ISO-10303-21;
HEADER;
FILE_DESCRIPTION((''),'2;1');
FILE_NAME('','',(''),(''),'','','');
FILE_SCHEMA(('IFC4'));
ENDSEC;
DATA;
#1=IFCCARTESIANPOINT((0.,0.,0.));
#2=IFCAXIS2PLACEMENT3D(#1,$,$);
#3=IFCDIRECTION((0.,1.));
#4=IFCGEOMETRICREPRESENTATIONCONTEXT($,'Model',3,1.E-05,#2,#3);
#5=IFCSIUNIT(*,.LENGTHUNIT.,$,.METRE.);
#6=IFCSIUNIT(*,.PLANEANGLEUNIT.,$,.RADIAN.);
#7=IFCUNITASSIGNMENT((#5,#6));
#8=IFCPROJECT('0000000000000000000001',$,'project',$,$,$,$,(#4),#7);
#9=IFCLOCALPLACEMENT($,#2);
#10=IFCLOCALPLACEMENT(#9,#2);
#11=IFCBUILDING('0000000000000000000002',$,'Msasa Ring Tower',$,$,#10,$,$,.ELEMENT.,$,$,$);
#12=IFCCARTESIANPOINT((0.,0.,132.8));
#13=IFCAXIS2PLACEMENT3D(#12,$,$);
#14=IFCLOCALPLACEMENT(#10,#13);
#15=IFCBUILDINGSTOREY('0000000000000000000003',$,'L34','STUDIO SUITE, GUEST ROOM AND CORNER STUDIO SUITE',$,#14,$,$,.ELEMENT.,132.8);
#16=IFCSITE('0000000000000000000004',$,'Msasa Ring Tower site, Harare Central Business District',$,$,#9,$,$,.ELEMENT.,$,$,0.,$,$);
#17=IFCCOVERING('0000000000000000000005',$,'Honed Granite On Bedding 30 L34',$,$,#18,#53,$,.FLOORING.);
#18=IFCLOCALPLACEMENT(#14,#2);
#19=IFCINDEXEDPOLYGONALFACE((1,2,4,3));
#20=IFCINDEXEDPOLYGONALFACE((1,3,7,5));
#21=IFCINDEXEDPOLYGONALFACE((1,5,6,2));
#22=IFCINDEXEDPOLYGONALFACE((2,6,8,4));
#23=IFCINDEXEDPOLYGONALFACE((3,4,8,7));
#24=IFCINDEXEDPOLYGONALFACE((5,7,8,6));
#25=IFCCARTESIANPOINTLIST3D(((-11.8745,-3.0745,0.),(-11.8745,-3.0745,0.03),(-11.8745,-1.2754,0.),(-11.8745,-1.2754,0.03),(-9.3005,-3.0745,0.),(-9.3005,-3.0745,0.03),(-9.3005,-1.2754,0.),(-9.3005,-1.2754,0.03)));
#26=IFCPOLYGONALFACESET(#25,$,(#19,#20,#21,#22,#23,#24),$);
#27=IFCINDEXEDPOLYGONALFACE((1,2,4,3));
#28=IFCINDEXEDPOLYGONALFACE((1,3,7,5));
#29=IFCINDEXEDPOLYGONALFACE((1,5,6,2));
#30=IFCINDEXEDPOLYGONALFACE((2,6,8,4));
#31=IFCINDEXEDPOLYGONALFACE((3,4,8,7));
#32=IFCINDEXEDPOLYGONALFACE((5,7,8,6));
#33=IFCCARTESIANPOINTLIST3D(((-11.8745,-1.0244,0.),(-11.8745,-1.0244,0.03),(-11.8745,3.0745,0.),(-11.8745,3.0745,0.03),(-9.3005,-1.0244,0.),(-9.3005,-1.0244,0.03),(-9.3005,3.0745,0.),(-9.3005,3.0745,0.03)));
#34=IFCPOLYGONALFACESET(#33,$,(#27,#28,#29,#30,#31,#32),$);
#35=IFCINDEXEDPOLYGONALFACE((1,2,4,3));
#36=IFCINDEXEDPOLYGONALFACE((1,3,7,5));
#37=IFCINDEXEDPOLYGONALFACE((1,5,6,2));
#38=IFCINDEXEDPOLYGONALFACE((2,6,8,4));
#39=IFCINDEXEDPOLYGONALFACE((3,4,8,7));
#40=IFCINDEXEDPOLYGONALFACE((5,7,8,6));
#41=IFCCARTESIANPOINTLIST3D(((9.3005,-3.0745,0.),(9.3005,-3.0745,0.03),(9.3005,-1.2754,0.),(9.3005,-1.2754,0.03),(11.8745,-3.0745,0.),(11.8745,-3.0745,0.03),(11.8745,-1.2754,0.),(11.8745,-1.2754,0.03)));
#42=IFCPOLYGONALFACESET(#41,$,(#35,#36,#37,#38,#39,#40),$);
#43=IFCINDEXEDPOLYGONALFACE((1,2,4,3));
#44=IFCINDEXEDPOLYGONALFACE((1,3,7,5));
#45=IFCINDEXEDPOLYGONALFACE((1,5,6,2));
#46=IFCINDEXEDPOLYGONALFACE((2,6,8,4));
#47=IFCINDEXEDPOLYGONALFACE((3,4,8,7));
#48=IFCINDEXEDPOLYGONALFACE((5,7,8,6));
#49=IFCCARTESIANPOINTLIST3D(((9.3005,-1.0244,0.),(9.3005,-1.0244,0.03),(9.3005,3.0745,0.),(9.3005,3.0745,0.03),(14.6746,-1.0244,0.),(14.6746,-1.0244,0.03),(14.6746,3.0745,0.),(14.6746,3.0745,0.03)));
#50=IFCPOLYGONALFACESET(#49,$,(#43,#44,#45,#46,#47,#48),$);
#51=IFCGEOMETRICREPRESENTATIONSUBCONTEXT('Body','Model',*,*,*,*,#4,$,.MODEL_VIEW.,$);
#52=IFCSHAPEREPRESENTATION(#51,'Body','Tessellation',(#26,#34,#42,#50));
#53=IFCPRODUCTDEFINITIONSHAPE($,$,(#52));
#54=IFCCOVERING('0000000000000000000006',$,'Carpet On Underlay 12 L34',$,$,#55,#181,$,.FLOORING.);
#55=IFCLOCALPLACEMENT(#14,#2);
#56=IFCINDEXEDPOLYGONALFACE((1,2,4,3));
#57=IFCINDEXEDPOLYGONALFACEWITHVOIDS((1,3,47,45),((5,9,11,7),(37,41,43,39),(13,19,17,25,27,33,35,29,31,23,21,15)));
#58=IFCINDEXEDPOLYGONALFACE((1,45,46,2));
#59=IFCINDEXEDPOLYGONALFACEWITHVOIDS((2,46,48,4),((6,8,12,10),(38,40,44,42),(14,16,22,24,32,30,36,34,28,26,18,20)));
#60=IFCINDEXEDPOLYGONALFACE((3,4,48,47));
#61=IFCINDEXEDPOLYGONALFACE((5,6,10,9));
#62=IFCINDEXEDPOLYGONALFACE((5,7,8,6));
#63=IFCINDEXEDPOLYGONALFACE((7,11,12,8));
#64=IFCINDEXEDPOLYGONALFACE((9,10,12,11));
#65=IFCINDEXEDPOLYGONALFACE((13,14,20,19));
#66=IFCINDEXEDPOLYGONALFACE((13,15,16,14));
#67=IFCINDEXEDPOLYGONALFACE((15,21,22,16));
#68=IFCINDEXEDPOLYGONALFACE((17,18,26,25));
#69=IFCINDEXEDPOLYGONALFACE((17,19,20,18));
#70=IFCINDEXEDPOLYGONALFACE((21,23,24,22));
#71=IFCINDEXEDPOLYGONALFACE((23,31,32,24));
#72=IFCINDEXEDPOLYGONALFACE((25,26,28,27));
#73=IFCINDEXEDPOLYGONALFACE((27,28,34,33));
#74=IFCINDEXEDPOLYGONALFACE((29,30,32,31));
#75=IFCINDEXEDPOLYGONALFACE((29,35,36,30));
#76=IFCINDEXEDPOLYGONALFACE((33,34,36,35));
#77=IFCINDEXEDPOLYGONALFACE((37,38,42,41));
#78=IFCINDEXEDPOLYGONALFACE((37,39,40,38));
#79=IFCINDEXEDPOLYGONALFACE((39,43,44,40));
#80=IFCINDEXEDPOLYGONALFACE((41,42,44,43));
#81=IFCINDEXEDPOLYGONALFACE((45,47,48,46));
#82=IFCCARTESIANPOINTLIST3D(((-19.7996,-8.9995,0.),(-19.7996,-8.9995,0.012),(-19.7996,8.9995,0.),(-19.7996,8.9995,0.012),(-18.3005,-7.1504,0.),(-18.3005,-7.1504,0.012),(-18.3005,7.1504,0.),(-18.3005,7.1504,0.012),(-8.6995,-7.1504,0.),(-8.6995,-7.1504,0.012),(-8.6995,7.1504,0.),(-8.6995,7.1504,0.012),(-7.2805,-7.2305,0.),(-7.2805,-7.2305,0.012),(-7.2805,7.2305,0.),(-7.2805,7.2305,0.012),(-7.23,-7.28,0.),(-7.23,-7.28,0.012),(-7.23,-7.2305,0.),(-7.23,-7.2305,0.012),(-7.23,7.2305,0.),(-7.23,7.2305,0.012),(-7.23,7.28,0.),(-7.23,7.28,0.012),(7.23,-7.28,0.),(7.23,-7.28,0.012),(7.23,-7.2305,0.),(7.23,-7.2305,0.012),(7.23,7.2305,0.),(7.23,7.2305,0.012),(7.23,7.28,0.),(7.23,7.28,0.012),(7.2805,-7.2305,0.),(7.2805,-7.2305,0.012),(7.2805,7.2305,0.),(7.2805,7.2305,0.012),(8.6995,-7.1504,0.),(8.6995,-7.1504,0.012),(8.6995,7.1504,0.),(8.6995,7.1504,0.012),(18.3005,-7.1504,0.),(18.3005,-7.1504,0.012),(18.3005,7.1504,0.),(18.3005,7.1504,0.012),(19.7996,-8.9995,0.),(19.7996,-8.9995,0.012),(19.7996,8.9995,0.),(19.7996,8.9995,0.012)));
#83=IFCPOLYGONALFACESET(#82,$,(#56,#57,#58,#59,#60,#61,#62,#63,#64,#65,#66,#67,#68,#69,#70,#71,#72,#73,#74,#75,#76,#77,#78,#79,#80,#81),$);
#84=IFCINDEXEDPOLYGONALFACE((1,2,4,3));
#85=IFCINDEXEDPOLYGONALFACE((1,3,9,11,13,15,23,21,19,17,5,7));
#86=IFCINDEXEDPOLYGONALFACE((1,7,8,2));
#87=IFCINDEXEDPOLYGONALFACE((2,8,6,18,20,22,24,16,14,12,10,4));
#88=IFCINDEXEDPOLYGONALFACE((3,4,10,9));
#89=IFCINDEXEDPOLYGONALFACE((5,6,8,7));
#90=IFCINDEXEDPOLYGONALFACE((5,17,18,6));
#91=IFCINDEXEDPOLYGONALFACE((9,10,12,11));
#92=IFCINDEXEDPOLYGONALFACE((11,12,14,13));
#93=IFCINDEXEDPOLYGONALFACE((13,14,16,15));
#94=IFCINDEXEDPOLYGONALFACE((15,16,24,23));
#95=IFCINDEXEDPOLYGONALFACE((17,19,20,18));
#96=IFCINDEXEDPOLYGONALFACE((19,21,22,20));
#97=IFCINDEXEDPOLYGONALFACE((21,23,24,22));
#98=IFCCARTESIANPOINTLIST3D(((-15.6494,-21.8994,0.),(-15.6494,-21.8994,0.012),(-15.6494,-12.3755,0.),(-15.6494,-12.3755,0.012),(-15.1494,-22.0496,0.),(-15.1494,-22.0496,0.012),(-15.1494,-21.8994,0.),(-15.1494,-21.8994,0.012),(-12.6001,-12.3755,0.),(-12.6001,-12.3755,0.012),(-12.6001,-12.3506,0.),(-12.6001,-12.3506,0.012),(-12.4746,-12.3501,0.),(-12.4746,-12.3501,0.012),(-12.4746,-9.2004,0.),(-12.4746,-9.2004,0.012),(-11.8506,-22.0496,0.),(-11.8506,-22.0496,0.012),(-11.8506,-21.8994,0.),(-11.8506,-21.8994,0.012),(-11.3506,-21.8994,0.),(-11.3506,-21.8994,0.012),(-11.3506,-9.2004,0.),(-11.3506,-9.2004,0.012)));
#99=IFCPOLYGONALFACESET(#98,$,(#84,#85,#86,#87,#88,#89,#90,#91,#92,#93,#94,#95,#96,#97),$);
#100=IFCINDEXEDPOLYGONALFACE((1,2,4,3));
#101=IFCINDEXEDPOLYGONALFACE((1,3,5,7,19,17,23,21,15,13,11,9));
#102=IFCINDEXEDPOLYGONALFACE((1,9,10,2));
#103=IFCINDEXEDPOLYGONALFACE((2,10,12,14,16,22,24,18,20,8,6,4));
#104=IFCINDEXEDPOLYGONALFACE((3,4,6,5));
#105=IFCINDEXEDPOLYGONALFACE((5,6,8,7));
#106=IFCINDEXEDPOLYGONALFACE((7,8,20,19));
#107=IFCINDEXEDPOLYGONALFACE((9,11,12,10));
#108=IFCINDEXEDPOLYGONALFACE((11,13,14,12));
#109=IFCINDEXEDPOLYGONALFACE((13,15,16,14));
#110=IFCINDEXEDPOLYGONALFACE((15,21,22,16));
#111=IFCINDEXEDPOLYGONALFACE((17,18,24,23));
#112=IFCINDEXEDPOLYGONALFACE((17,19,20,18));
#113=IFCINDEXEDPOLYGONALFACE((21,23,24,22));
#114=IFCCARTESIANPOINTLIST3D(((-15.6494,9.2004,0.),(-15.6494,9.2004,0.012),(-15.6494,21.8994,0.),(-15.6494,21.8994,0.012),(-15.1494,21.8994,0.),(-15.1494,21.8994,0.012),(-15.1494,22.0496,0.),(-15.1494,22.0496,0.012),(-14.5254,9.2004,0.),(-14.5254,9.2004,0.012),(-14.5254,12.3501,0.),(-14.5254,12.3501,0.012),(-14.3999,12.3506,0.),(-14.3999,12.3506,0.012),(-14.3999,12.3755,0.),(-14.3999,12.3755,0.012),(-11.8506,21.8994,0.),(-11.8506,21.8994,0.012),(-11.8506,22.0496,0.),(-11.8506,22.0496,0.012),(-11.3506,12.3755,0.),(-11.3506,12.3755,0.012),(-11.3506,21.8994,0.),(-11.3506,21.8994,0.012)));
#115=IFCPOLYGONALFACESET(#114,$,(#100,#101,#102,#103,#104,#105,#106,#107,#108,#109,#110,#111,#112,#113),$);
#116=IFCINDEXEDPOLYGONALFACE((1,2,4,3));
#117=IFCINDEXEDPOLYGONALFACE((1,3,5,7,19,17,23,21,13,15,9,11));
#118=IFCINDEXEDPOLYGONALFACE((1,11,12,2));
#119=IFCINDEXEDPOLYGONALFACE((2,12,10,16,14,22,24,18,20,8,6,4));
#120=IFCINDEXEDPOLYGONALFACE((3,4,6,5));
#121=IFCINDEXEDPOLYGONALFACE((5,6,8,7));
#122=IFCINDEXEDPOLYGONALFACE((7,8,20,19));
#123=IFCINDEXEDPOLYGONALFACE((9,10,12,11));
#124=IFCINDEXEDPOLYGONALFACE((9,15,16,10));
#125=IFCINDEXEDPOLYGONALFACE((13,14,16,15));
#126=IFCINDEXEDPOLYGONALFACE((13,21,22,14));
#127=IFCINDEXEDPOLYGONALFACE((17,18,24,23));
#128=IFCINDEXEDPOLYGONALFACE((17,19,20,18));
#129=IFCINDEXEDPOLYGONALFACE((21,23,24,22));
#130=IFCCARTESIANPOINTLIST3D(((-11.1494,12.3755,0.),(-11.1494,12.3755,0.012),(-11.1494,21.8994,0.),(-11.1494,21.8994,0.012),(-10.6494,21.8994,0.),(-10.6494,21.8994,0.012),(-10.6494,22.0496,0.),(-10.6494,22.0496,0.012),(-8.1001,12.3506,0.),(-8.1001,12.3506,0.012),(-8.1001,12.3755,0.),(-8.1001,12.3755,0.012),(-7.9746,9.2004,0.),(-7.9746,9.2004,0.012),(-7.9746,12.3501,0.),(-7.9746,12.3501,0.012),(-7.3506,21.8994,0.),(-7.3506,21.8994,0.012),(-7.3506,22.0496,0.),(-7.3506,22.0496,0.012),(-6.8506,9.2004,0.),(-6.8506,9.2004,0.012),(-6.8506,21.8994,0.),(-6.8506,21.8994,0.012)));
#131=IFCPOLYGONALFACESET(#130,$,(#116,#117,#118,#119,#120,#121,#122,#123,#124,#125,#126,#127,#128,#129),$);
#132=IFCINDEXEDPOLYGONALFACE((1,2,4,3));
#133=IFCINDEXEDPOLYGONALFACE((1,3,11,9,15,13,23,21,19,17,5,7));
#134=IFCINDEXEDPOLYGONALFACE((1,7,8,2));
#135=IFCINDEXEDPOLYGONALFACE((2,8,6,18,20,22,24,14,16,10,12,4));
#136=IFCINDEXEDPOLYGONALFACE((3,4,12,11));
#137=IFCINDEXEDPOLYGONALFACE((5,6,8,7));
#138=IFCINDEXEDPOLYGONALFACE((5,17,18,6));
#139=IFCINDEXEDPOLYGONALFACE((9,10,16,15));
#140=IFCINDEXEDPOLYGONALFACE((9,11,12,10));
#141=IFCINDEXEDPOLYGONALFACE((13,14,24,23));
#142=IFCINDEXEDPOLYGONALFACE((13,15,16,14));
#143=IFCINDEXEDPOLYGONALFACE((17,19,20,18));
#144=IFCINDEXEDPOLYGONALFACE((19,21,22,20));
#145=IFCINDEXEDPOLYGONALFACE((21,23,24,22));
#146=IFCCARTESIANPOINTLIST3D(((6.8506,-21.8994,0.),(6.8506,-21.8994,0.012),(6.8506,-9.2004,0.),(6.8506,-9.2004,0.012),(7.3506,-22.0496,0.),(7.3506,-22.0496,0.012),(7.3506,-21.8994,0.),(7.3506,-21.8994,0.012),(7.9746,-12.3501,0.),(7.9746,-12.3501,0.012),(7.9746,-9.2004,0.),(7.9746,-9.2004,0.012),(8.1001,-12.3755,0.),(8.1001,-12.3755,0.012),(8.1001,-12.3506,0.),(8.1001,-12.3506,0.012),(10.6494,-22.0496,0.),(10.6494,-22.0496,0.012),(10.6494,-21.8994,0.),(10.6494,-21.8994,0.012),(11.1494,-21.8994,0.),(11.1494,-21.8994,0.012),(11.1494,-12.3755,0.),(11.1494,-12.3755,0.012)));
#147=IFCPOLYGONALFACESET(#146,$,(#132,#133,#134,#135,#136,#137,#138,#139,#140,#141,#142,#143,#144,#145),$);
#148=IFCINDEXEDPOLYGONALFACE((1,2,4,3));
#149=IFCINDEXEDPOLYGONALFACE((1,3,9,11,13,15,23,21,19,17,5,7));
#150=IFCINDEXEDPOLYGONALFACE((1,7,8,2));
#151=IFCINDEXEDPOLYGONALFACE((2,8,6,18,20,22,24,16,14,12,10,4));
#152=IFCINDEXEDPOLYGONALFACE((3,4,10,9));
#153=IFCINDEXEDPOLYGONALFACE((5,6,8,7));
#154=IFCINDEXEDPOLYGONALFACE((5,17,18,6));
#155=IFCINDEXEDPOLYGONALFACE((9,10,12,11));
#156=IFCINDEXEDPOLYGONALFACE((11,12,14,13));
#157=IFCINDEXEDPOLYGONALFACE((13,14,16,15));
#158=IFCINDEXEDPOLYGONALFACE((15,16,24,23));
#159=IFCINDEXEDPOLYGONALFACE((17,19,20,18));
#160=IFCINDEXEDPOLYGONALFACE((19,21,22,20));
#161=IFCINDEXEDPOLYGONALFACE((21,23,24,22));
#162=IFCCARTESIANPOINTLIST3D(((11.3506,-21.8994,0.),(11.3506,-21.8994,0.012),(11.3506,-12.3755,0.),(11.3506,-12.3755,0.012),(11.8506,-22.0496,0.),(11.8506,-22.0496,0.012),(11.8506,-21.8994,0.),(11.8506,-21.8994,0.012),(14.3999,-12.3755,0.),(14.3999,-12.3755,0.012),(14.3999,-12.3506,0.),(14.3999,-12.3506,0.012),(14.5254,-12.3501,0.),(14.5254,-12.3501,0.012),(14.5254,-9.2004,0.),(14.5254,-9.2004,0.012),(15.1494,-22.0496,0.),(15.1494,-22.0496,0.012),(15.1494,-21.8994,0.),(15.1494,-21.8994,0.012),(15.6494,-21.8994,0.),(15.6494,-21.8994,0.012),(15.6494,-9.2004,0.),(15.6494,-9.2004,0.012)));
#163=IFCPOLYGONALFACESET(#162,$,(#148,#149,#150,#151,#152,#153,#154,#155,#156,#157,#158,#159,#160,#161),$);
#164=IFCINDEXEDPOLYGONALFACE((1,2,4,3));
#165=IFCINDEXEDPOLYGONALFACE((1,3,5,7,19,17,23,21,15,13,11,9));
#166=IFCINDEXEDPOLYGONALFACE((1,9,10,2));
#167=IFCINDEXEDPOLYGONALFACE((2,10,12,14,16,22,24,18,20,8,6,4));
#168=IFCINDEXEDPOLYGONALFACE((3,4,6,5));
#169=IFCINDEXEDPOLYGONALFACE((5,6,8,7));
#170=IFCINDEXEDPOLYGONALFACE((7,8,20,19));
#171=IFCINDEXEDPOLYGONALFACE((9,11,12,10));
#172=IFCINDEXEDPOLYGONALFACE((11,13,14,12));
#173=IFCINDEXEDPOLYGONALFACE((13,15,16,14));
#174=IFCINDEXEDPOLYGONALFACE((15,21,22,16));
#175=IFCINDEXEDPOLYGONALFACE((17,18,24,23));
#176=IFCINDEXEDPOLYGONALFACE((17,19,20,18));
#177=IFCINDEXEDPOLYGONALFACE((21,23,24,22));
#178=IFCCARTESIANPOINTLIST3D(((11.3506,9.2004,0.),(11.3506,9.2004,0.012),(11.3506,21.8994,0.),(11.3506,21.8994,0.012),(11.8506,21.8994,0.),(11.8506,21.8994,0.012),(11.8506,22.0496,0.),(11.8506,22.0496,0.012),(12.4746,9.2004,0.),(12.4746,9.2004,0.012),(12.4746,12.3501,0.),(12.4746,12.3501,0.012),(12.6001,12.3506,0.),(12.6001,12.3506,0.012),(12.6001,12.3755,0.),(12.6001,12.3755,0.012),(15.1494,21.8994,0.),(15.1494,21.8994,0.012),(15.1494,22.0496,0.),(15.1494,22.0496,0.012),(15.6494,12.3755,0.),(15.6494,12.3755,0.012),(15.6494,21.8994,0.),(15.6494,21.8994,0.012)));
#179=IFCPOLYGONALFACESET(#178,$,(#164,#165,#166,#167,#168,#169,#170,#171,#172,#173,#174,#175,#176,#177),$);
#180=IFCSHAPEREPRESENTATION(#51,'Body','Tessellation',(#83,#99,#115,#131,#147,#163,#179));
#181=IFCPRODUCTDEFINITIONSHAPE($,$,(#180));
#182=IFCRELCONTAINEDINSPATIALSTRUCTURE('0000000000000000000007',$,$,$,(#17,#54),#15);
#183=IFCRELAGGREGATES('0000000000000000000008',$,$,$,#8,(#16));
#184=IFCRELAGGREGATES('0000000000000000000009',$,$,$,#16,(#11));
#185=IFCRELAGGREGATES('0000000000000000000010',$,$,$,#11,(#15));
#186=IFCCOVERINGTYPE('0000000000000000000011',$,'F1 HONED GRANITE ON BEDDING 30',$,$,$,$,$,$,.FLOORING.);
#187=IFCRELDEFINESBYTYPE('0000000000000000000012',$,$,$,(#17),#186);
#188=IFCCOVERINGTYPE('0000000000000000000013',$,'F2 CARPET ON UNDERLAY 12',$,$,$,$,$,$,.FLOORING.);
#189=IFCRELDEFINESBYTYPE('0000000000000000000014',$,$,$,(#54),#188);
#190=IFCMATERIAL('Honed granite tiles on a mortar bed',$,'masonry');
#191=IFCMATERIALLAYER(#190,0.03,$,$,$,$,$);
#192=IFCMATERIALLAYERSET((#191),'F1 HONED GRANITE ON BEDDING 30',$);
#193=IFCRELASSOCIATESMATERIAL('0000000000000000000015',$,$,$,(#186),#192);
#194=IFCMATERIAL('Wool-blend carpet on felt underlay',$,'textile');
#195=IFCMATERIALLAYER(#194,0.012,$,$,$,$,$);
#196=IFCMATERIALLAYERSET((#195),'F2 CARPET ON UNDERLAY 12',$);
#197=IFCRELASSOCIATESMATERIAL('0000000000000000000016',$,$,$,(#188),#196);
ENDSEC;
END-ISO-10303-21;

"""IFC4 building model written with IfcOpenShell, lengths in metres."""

from ifc_helpers import new_model, si_unit, direction, frame, origin, place, context, subcontext, project, spatial, line, indexed_curve, outline, extrude, material, layer, layer_set, type_object, element, save


model = new_model("IFC4")

# Units and contexts
model_context = context("Model", 3, precision=1e-05, world=origin(), true_north=direction((0.0, 1.0)))
body_context = subcontext(model_context, "Body", "Model", "MODEL_VIEW")
ifc_project = project(units=[si_unit("LENGTHUNIT", "METRE"), si_unit("PLANEANGLEUNIT", "RADIAN")], contexts=[model_context])

# Site, building, storey
site_placement = place(None, origin())
site = spatial("IfcSite", under=ifc_project, at=site_placement, Name="Msasa Ring Tower site, Harare Central Business District", CompositionType="ELEMENT", RefElevation=0.0)
building_placement = place(site_placement, origin())
building = spatial("IfcBuilding", under=site, at=building_placement, Name="Msasa Ring Tower", CompositionType="ELEMENT")
storey_placement = place(building_placement, frame((0.0, 0.0, 132.8)))
storey = spatial("IfcBuildingStorey", under=building, at=storey_placement, Name="L34", Description="STUDIO SUITE, GUEST ROOM AND CORNER STUDIO SUITE", CompositionType="ELEMENT", Elevation=132.8)

# Coverings
ifc_material_1 = material(Name="Honed granite tiles on a mortar bed", Category="masonry")
ifc_layer_1 = layer(ifc_material_1, 0.03)
ifc_layer_set_1 = layer_set([ifc_layer_1], Name="F1 HONED GRANITE ON BEDDING 30")
covering_type_1 = type_object("IfcCoveringType", Name="F1 HONED GRANITE ON BEDDING 30", PredefinedType="FLOORING", material=ifc_layer_set_1)
covering_1_placement = place(storey_placement, origin())
element("IfcCovering", 1, at=covering_1_placement, inside=storey, type_object=covering_type_1, Name="Honed Granite On Bedding 30 L34", PredefinedType="FLOORING", context=body_context, shape_type="SweptSolid", body=[
    extrude(outline(indexed_curve([(-11.8745, -3.0745), (-11.8745, -1.2754), (-9.3005, -1.2754), (-9.3005, -3.0745)], segments=[line(1, 2, 3, 4, 1)], self_intersect=False)), origin(), (0.0, 0.0, 1.0), 0.03),
    extrude(outline(indexed_curve([(-11.8745, -1.0244), (-11.8745, 3.0745), (-9.3005, 3.0745), (-9.3005, -1.0244)], segments=[line(1, 2, 3, 4, 1)], self_intersect=False)), origin(), (0.0, 0.0, 1.0), 0.03),
    extrude(outline(indexed_curve([(9.3005, -3.0745), (9.3005, -1.2754), (11.8745, -1.2754), (11.8745, -3.0745)], segments=[line(1, 2, 3, 4, 1)], self_intersect=False)), origin(), (0.0, 0.0, 1.0), 0.03),
    extrude(outline(indexed_curve([(9.3005, -1.0244), (9.3005, 3.0745), (14.6746, 3.0745), (14.6746, -1.0244)], segments=[line(1, 2, 3, 4, 1)], self_intersect=False)), origin(), (0.0, 0.0, 1.0), 0.03),
])
ifc_material_2 = material(Name="Wool-blend carpet on felt underlay", Category="textile")
ifc_layer_2 = layer(ifc_material_2, 0.012)
ifc_layer_set_2 = layer_set([ifc_layer_2], Name="F2 CARPET ON UNDERLAY 12")
covering_type_2 = type_object("IfcCoveringType", Name="F2 CARPET ON UNDERLAY 12", PredefinedType="FLOORING", material=ifc_layer_set_2)
covering_2_placement = place(storey_placement, origin())
element("IfcCovering", 2, at=covering_2_placement, inside=storey, type_object=covering_type_2, Name="Carpet On Underlay 12 L34", PredefinedType="FLOORING", context=body_context, shape_type="SweptSolid", body=[
    extrude(outline(indexed_curve([(19.7996, 8.9995), (19.7996, -8.9995), (-19.7996, -8.9995), (-19.7996, 8.9995)], segments=[line(1, 2, 3, 4, 1)], self_intersect=False), holes=[indexed_curve([(8.6995, -7.1504), (18.3005, -7.1504), (18.3005, 7.1504), (8.6995, 7.1504)], segments=[line(1, 2, 3, 4, 1)], self_intersect=False), indexed_curve([(-18.3005, 7.1504), (-18.3005, -7.1504), (-8.6995, -7.1504), (-8.6995, 7.1504)], segments=[line(1, 2, 3, 4, 1)], self_intersect=False), indexed_curve([(-7.2805, 7.2305), (-7.2805, -7.2305), (-7.23, -7.2305), (-7.23, -7.28), (7.23, -7.28), (7.23, -7.2305), (7.2805, -7.2305), (7.2805, 7.2305), (7.23, 7.2305), (7.23, 7.28), (-7.23, 7.28), (-7.23, 7.2305)], segments=[line(1, 2, 3, 4, 5, 6, 7, 8, 9, 10, 11, 12, 1)], self_intersect=False)]), origin(), (0.0, 0.0, 1.0), 0.012),
    extrude(outline(indexed_curve([(-12.6001, -12.3506), (-12.4746, -12.3501), (-12.4746, -9.2004), (-11.3506, -9.2004), (-11.3506, -21.8994), (-11.8506, -21.8994), (-11.8506, -22.0496), (-15.1494, -22.0496), (-15.1494, -21.8994), (-15.6494, -21.8994), (-15.6494, -12.3755), (-12.6001, -12.3755)], segments=[line(1, 2, 3, 4, 5, 6, 7, 8, 9, 10, 11, 12, 1)], self_intersect=False)), origin(), (0.0, 0.0, 1.0), 0.012),
    extrude(outline(indexed_curve([(-14.3999, 12.3506), (-14.5254, 12.3501), (-14.5254, 9.2004), (-15.6494, 9.2004), (-15.6494, 21.8994), (-15.1494, 21.8994), (-15.1494, 22.0496), (-11.8506, 22.0496), (-11.8506, 21.8994), (-11.3506, 21.8994), (-11.3506, 12.3755), (-14.3999, 12.3755)], segments=[line(1, 2, 3, 4, 5, 6, 7, 8, 9, 10, 11, 12, 1)], self_intersect=False)), origin(), (0.0, 0.0, 1.0), 0.012),
    extrude(outline(indexed_curve([(-7.3506, 22.0496), (-7.3506, 21.8994), (-6.8506, 21.8994), (-6.8506, 9.2004), (-7.9746, 9.2004), (-7.9746, 12.3501), (-8.1001, 12.3506), (-8.1001, 12.3755), (-11.1494, 12.3755), (-11.1494, 21.8994), (-10.6494, 21.8994), (-10.6494, 22.0496)], segments=[line(1, 2, 3, 4, 5, 6, 7, 8, 9, 10, 11, 12, 1)], self_intersect=False)), origin(), (0.0, 0.0, 1.0), 0.012),
    extrude(outline(indexed_curve([(7.3506, -22.0496), (7.3506, -21.8994), (6.8506, -21.8994), (6.8506, -9.2004), (7.9746, -9.2004), (7.9746, -12.3501), (8.1001, -12.3506), (8.1001, -12.3755), (11.1494, -12.3755), (11.1494, -21.8994), (10.6494, -21.8994), (10.6494, -22.0496)], segments=[line(1, 2, 3, 4, 5, 6, 7, 8, 9, 10, 11, 12, 1)], self_intersect=False)), origin(), (0.0, 0.0, 1.0), 0.012),
    extrude(outline(indexed_curve([(14.3999, -12.3506), (14.5254, -12.3501), (14.5254, -9.2004), (15.6494, -9.2004), (15.6494, -21.8994), (15.1494, -21.8994), (15.1494, -22.0496), (11.8506, -22.0496), (11.8506, -21.8994), (11.3506, -21.8994), (11.3506, -12.3755), (14.3999, -12.3755)], segments=[line(1, 2, 3, 4, 5, 6, 7, 8, 9, 10, 11, 12, 1)], self_intersect=False)), origin(), (0.0, 0.0, 1.0), 0.012),
    extrude(outline(indexed_curve([(12.6001, 12.3506), (12.4746, 12.3501), (12.4746, 9.2004), (11.3506, 9.2004), (11.3506, 21.8994), (11.8506, 21.8994), (11.8506, 22.0496), (15.1494, 22.0496), (15.1494, 21.8994), (15.6494, 21.8994), (15.6494, 12.3755), (12.6001, 12.3755)], segments=[line(1, 2, 3, 4, 5, 6, 7, 8, 9, 10, 11, 12, 1)], self_intersect=False)), origin(), (0.0, 0.0, 1.0), 0.012),
])

save(model, "model.ifc")
